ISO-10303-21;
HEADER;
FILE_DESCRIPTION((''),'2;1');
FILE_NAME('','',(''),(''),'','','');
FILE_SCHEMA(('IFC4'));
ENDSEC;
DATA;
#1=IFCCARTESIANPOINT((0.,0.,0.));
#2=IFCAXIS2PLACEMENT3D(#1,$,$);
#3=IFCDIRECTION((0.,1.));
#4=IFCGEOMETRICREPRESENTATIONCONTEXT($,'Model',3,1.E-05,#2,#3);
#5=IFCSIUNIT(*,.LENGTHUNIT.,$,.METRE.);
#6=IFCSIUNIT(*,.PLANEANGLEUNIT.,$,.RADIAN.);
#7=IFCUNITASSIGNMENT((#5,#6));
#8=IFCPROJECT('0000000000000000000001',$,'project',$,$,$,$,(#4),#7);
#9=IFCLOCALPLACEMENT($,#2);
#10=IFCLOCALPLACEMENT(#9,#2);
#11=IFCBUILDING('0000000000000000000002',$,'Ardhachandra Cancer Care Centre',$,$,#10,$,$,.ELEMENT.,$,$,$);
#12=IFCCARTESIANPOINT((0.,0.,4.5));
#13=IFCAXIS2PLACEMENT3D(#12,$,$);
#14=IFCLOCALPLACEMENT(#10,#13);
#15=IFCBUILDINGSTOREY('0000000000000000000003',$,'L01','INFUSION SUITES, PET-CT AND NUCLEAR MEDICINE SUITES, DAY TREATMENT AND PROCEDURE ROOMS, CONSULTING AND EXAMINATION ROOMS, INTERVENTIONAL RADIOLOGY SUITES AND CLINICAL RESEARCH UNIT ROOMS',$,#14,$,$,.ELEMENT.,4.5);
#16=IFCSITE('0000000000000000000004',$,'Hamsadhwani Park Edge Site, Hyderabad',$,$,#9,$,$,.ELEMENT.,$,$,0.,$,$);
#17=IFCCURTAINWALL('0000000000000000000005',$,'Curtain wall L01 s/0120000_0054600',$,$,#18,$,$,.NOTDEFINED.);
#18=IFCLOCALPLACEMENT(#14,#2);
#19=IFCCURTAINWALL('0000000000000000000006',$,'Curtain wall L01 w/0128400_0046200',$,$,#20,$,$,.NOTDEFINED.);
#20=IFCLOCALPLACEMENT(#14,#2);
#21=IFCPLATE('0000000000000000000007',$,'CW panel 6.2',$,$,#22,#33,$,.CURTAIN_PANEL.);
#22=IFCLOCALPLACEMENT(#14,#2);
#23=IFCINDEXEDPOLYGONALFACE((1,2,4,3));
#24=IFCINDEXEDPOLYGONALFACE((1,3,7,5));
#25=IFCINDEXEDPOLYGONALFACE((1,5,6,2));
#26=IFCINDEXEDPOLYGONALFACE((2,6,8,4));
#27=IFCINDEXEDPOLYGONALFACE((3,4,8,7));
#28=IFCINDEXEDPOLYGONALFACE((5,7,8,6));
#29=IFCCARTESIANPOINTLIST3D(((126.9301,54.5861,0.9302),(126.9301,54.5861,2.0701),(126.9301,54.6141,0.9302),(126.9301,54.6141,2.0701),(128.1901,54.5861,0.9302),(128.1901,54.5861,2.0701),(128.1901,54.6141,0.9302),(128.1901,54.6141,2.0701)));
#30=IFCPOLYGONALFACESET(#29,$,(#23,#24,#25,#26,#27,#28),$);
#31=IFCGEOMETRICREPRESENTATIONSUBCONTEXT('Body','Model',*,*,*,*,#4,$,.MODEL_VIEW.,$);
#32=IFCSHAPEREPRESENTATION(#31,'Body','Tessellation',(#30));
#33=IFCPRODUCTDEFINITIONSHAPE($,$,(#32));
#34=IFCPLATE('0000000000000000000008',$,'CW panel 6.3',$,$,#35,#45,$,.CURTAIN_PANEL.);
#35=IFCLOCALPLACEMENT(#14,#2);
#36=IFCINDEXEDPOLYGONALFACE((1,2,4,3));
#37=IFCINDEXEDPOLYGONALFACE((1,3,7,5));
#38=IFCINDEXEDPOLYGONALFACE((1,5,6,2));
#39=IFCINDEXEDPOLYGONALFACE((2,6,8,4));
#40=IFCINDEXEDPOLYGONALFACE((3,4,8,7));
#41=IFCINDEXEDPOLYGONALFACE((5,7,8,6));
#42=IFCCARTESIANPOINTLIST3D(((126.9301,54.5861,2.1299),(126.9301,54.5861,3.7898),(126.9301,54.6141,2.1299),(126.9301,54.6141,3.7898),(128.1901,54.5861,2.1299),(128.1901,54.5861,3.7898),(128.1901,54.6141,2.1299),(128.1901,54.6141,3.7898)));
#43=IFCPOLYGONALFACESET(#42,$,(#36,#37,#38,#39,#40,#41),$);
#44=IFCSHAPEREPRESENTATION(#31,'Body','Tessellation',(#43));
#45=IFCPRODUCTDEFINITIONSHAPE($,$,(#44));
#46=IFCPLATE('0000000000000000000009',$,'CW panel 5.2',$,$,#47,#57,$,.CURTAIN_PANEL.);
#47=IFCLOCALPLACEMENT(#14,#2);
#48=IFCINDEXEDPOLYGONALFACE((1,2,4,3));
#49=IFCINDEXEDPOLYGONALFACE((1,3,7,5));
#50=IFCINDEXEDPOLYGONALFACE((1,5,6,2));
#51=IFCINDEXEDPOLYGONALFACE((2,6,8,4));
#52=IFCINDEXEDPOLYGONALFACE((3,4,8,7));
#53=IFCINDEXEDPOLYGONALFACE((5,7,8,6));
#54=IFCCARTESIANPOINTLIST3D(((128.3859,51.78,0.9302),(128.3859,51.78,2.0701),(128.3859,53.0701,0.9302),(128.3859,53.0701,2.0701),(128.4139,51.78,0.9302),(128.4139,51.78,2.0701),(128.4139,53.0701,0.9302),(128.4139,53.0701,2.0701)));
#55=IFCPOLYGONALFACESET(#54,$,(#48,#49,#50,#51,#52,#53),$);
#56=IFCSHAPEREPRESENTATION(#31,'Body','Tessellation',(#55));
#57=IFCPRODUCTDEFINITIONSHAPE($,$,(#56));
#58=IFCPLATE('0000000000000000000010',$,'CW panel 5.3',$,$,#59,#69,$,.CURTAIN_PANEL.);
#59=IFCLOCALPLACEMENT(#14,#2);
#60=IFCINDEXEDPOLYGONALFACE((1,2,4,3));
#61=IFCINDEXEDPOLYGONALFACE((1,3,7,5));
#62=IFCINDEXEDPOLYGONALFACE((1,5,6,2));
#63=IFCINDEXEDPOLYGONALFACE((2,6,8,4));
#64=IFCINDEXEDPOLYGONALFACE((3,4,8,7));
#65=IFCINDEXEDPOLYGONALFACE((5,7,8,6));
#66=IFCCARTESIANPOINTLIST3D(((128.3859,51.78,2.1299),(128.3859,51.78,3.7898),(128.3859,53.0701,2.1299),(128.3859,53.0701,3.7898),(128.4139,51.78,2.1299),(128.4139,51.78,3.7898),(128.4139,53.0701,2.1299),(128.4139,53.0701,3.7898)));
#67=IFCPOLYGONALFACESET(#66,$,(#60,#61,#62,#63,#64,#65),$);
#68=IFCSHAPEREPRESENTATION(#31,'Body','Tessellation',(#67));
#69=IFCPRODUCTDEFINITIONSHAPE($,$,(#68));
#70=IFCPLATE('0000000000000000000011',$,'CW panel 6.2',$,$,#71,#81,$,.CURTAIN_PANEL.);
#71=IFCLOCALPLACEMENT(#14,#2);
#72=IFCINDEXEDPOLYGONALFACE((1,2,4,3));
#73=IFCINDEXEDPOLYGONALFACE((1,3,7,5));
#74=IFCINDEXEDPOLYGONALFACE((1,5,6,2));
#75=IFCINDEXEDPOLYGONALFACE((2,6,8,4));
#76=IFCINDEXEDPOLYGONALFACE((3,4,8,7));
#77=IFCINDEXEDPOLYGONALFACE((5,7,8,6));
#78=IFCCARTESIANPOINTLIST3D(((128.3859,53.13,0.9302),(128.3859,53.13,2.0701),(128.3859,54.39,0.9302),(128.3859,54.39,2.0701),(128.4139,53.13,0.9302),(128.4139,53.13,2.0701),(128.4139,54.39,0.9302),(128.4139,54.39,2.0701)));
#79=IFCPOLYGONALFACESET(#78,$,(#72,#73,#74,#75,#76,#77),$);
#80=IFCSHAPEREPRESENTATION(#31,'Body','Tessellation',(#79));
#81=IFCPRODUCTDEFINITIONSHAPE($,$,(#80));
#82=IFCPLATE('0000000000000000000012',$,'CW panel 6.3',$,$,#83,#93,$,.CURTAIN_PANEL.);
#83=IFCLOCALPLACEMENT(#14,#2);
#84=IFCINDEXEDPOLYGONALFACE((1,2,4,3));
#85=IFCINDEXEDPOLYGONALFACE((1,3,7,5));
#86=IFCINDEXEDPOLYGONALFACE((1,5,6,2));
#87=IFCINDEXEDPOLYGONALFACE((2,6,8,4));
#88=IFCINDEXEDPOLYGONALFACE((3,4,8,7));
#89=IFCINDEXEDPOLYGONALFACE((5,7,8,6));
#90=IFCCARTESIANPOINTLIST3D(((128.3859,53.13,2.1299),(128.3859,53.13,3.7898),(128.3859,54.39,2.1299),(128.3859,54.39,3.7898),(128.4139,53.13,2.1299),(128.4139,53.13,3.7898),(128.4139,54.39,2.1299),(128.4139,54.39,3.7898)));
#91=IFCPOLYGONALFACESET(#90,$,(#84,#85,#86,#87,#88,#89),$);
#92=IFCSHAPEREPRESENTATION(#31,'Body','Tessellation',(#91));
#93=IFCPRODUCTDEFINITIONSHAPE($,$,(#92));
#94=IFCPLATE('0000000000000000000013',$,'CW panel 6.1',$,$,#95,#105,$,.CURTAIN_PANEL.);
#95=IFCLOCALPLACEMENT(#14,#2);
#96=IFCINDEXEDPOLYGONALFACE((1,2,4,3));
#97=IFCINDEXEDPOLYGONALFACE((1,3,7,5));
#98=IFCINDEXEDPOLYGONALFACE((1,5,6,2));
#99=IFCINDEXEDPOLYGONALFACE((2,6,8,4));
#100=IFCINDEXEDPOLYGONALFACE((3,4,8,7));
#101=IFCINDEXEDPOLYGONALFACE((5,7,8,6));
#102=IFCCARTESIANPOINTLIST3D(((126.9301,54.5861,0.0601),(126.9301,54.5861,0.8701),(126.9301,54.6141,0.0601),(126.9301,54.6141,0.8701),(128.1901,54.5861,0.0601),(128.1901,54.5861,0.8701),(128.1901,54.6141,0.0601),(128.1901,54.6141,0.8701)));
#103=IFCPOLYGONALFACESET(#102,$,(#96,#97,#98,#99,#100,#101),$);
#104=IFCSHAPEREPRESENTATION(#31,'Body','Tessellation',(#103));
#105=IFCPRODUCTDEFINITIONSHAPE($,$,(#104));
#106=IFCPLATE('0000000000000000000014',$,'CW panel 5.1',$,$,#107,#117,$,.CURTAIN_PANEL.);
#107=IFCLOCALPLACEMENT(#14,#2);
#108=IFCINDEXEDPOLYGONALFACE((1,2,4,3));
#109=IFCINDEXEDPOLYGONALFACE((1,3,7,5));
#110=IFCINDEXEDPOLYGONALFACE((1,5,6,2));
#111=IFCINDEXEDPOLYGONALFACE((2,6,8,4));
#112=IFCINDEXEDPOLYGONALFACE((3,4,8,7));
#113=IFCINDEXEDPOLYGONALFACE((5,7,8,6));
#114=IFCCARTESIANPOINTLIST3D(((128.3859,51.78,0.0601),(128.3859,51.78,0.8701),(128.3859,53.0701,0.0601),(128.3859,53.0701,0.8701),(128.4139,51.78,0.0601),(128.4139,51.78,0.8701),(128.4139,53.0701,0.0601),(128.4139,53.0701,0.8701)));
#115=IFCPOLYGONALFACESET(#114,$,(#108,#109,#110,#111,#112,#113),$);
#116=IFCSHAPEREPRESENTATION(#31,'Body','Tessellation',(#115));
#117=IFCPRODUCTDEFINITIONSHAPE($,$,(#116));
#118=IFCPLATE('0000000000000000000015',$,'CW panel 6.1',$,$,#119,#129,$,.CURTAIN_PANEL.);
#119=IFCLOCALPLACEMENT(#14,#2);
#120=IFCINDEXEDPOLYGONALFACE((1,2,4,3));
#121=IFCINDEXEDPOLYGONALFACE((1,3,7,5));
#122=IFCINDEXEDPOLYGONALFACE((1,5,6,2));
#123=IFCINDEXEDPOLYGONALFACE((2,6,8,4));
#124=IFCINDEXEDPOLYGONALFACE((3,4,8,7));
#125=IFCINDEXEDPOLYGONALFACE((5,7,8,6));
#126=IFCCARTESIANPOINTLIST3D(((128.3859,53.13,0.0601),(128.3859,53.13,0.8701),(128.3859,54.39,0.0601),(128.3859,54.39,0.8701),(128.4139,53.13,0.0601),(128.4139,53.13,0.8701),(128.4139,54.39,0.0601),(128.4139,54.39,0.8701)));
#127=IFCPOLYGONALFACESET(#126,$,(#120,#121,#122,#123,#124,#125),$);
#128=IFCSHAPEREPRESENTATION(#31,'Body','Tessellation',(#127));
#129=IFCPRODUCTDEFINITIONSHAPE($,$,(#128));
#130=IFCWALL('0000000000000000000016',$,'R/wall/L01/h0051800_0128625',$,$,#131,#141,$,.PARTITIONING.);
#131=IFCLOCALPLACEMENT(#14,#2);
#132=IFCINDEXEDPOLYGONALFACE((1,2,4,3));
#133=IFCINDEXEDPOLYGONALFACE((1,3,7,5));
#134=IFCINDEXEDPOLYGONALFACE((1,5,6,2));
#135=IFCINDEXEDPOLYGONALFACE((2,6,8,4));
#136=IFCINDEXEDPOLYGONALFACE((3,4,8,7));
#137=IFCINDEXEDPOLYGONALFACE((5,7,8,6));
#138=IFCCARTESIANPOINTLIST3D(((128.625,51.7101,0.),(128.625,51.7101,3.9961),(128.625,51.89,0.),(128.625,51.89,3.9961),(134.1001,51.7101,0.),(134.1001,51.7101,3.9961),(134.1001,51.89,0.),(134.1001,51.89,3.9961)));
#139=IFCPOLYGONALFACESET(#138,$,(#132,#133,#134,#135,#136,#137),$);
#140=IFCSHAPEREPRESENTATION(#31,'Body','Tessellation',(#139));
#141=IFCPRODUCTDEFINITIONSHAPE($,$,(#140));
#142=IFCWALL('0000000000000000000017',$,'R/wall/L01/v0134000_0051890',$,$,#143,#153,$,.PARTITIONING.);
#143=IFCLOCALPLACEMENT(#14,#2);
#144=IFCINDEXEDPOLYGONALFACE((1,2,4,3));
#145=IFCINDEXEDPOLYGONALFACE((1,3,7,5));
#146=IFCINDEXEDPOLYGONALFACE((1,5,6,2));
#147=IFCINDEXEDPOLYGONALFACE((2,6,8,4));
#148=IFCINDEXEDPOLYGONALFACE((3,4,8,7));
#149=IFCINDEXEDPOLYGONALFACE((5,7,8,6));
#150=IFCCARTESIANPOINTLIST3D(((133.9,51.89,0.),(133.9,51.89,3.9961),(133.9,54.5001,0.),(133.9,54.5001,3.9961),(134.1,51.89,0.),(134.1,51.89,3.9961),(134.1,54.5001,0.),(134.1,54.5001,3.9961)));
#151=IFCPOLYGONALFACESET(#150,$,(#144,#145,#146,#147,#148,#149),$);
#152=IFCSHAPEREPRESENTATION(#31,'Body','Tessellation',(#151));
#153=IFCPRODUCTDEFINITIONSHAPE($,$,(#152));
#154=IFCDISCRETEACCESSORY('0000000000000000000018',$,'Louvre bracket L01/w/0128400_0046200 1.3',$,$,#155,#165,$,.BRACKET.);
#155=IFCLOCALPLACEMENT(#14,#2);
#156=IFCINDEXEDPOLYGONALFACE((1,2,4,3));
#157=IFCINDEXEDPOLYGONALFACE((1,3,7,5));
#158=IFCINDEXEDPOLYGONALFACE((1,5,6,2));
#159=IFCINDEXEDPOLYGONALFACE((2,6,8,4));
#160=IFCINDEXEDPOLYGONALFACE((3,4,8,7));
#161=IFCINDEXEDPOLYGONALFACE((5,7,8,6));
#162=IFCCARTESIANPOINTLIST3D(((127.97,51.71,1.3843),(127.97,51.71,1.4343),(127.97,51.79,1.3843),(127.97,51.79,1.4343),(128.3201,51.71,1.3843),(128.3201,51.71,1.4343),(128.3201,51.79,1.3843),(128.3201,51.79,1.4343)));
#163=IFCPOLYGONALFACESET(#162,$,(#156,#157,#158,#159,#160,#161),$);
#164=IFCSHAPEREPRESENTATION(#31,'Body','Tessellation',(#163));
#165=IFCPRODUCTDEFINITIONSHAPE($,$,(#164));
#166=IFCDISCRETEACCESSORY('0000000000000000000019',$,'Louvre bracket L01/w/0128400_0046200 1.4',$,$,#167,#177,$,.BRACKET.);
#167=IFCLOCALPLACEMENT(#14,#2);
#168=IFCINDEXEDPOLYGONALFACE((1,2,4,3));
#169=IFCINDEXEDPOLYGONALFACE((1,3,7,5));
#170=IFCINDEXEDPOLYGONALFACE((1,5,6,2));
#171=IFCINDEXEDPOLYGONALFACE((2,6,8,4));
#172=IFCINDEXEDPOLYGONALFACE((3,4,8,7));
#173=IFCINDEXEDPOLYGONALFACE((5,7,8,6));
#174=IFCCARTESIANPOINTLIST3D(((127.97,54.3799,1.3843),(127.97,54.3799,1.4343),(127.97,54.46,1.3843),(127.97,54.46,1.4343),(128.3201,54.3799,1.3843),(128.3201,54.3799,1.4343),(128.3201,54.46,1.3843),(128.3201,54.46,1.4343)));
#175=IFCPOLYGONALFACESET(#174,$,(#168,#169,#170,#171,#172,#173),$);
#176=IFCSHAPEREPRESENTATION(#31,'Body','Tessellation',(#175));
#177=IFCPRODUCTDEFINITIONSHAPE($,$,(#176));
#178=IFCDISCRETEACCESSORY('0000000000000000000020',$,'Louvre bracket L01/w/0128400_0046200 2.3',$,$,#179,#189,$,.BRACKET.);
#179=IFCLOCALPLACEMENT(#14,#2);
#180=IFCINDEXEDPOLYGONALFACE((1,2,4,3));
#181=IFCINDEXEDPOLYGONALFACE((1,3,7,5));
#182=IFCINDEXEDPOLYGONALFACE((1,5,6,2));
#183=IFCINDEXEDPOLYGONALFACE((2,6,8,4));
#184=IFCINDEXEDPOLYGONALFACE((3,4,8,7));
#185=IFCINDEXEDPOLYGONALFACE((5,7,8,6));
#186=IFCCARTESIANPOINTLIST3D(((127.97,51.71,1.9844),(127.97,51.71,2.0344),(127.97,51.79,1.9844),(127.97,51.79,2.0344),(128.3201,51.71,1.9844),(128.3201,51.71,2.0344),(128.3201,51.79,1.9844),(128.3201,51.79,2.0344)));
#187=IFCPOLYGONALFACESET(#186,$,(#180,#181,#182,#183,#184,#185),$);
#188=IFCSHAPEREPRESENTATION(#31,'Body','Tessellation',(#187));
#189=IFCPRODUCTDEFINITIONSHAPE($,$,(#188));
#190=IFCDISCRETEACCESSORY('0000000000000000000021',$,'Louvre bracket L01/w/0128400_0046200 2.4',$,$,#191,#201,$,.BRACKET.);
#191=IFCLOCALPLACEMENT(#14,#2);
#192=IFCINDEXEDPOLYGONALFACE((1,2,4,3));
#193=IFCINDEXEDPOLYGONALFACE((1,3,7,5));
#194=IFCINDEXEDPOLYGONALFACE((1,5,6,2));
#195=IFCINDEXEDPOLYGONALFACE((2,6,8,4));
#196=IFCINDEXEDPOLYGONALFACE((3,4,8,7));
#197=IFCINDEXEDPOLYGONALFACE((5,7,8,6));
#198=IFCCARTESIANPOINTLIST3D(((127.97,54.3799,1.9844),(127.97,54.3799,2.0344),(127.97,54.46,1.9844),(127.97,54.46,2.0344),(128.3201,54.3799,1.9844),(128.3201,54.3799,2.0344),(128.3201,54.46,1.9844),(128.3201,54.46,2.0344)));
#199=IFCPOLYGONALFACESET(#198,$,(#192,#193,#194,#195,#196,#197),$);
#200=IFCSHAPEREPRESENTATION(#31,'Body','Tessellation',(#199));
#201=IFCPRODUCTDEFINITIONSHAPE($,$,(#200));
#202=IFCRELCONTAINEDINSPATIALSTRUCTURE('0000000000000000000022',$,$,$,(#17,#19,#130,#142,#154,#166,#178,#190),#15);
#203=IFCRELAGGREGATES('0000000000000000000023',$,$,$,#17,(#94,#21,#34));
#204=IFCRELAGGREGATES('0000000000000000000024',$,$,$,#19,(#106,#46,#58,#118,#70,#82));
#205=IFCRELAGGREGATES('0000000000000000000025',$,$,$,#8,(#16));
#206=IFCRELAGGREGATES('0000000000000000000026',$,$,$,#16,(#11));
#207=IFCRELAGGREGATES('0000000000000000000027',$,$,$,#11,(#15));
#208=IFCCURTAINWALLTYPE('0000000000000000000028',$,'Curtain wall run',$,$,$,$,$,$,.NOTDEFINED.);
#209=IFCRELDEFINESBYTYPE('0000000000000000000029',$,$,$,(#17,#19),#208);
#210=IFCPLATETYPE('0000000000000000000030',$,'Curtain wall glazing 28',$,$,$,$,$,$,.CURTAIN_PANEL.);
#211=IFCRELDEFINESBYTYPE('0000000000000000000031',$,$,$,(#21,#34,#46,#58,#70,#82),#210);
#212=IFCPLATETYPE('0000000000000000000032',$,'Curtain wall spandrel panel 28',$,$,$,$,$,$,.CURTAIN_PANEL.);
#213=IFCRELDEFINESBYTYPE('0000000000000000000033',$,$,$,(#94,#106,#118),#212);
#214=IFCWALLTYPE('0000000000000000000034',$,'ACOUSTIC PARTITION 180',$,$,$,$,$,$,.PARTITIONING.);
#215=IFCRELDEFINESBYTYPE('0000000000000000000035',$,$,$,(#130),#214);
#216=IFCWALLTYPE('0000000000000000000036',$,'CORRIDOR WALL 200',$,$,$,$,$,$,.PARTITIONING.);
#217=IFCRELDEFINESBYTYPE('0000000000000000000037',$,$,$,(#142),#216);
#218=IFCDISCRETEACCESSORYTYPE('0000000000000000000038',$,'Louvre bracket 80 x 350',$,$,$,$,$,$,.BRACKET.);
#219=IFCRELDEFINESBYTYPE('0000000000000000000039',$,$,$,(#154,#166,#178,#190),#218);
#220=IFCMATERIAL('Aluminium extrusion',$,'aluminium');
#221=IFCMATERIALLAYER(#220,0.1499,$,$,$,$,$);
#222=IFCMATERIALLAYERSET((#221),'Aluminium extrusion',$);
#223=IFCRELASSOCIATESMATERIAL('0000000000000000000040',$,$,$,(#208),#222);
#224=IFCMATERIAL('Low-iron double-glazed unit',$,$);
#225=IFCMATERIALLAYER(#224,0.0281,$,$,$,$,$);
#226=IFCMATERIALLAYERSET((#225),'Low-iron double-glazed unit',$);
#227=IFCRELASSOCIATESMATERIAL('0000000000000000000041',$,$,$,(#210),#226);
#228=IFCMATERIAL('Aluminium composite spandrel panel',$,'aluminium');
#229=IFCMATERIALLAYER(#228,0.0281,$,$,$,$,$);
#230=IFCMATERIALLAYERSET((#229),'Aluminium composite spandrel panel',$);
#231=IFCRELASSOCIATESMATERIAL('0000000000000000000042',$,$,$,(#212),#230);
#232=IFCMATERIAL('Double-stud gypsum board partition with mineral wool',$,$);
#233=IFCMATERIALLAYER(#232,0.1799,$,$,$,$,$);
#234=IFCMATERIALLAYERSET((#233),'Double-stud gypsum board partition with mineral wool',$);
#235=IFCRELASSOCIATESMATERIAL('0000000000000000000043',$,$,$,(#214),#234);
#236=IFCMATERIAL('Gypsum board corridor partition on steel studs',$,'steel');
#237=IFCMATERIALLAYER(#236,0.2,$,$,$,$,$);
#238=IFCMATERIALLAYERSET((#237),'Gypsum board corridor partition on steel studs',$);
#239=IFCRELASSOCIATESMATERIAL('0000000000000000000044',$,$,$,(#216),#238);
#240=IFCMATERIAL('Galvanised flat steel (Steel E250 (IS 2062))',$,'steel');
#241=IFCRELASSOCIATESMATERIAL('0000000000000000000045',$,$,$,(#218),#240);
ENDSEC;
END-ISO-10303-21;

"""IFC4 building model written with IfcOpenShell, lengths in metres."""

from ifc_helpers import new_model, si_unit, direction, frame, frame_2d, origin, origin_2d, place, context, subcontext, project, spatial, rectangle, extrude, material, layer, layer_set, type_object, element, aggregate, save


model = new_model("IFC4")

# Units and contexts
model_context = context("Model", 3, precision=1e-05, world=origin(), true_north=direction((0.0, 1.0)))
body_context = subcontext(model_context, "Body", "Model", "MODEL_VIEW")
ifc_project = project(units=[si_unit("LENGTHUNIT", "METRE"), si_unit("PLANEANGLEUNIT", "RADIAN")], contexts=[model_context])

# Site, building, storey
site_placement = place(None, origin())
site = spatial("IfcSite", under=ifc_project, at=site_placement, Name="Hamsadhwani Park Edge Site, Hyderabad", CompositionType="ELEMENT", RefElevation=0.0)
building_placement = place(site_placement, origin())
building = spatial("IfcBuilding", under=site, at=building_placement, Name="Ardhachandra Cancer Care Centre", CompositionType="ELEMENT")
storey_placement = place(building_placement, frame((0.0, 0.0, 4.5)))
storey = spatial("IfcBuildingStorey", under=building, at=storey_placement, Name="L01", Description="INFUSION SUITES, PET-CT AND NUCLEAR MEDICINE SUITES, DAY TREATMENT AND PROCEDURE ROOMS, CONSULTING AND EXAMINATION ROOMS, INTERVENTIONAL RADIOLOGY SUITES AND CLINICAL RESEARCH UNIT ROOMS", CompositionType="ELEMENT", Elevation=4.5)

# Curtain walls
ifc_material_1 = material(Name="Aluminium extrusion", Category="aluminium")
ifc_layer_1 = layer(ifc_material_1, 0.1499)
ifc_layer_set_1 = layer_set([ifc_layer_1], Name="Aluminium extrusion")
curtain_wall_type = type_object("IfcCurtainWallType", Name="Curtain wall run", PredefinedType="NOTDEFINED", material=ifc_layer_set_1)
curtain_wall_1_placement = place(storey_placement, origin())
curtain_wall_1 = element("IfcCurtainWall", 1, at=curtain_wall_1_placement, inside=storey, type_object=curtain_wall_type, Name="Curtain wall L01 s/0120000_0054600", PredefinedType="NOTDEFINED")
curtain_wall_2_placement = place(storey_placement, origin())
curtain_wall_2 = element("IfcCurtainWall", 2, at=curtain_wall_2_placement, inside=storey, type_object=curtain_wall_type, Name="Curtain wall L01 w/0128400_0046200", PredefinedType="NOTDEFINED")

# Plates
ifc_material_2 = material(Name="Low-iron double-glazed unit")
ifc_layer_2 = layer(ifc_material_2, 0.0281)
ifc_layer_set_2 = layer_set([ifc_layer_2], Name="Low-iron double-glazed unit")
plate_type_1 = type_object("IfcPlateType", Name="Curtain wall glazing 28", PredefinedType="CURTAIN_PANEL", material=ifc_layer_set_2)
plate_1_placement = place(storey_placement, frame((127.5601, 54.6001, 0.9302), z_axis=(0.0, 0.0, 1.0), x_axis=(1.0, 0.0, 0.0)))
plate_1 = element("IfcPlate", 3, at=plate_1_placement, type_object=plate_type_1, Name="CW panel 6.2", PredefinedType="CURTAIN_PANEL", context=body_context, shape_type="SweptSolid", body=[
    extrude(rectangle(XDim=1.26, YDim=0.0281, at=origin_2d()), origin(), (0.0, 0.0, 1.0), 1.1399),
])
plate_2_placement = place(storey_placement, frame((127.5601, 54.6001, 2.1299), z_axis=(0.0, 0.0, 1.0), x_axis=(1.0, 0.0, 0.0)))
plate_2 = element("IfcPlate", 4, at=plate_2_placement, type_object=plate_type_1, Name="CW panel 6.3", PredefinedType="CURTAIN_PANEL", context=body_context, shape_type="SweptSolid", body=[
    extrude(rectangle(XDim=1.26, YDim=0.0281, at=origin_2d()), origin(), (0.0, 0.0, 1.0), 1.6599),
])
plate_3_placement = place(storey_placement, frame((128.3999, 52.425, 0.9302), z_axis=(0.0, 0.0, 1.0), x_axis=(0.0, 1.0, 0.0)))
plate_3 = element("IfcPlate", 5, at=plate_3_placement, type_object=plate_type_1, Name="CW panel 5.2", PredefinedType="CURTAIN_PANEL", context=body_context, shape_type="SweptSolid", body=[
    extrude(rectangle(XDim=1.29, YDim=0.0281, at=origin_2d()), origin(), (0.0, 0.0, 1.0), 1.1399),
])
plate_4_placement = place(storey_placement, frame((128.3999, 52.425, 2.1299), z_axis=(0.0, 0.0, 1.0), x_axis=(0.0, 1.0, 0.0)))
plate_4 = element("IfcPlate", 6, at=plate_4_placement, type_object=plate_type_1, Name="CW panel 5.3", PredefinedType="CURTAIN_PANEL", context=body_context, shape_type="SweptSolid", body=[
    extrude(rectangle(XDim=1.29, YDim=0.0281, at=origin_2d()), origin(), (0.0, 0.0, 1.0), 1.6599),
])
plate_5_placement = place(storey_placement, frame((128.3999, 53.76, 0.9302), z_axis=(0.0, 0.0, 1.0), x_axis=(0.0, 1.0, 0.0)))
plate_5 = element("IfcPlate", 7, at=plate_5_placement, type_object=plate_type_1, Name="CW panel 6.2", PredefinedType="CURTAIN_PANEL", context=body_context, shape_type="SweptSolid", body=[
    extrude(rectangle(XDim=1.26, YDim=0.0281, at=origin_2d()), origin(), (0.0, 0.0, 1.0), 1.1399),
])
plate_6_placement = place(storey_placement, frame((128.3999, 53.76, 2.1299), z_axis=(0.0, 0.0, 1.0), x_axis=(0.0, 1.0, 0.0)))
plate_6 = element("IfcPlate", 8, at=plate_6_placement, type_object=plate_type_1, Name="CW panel 6.3", PredefinedType="CURTAIN_PANEL", context=body_context, shape_type="SweptSolid", body=[
    extrude(rectangle(XDim=1.26, YDim=0.0281, at=origin_2d()), origin(), (0.0, 0.0, 1.0), 1.6599),
])
ifc_material_3 = material(Name="Aluminium composite spandrel panel", Category="aluminium")
ifc_layer_3 = layer(ifc_material_3, 0.0281)
ifc_layer_set_3 = layer_set([ifc_layer_3], Name="Aluminium composite spandrel panel")
plate_type_2 = type_object("IfcPlateType", Name="Curtain wall spandrel panel 28", PredefinedType="CURTAIN_PANEL", material=ifc_layer_set_3)
plate_7_placement = place(storey_placement, frame((127.5601, 54.6001, 0.0601), z_axis=(0.0, 0.0, 1.0), x_axis=(1.0, 0.0, 0.0)))
plate_7 = element("IfcPlate", 9, at=plate_7_placement, type_object=plate_type_2, Name="CW panel 6.1", PredefinedType="CURTAIN_PANEL", context=body_context, shape_type="SweptSolid", body=[
    extrude(rectangle(XDim=1.26, YDim=0.0281, at=origin_2d()), origin(), (0.0, 0.0, 1.0), 0.8101),
])
aggregate(curtain_wall_1, [plate_7, plate_1, plate_2])
plate_8_placement = place(storey_placement, frame((128.3999, 52.425, 0.0601), z_axis=(0.0, 0.0, 1.0), x_axis=(0.0, 1.0, 0.0)))
plate_8 = element("IfcPlate", 10, at=plate_8_placement, type_object=plate_type_2, Name="CW panel 5.1", PredefinedType="CURTAIN_PANEL", context=body_context, shape_type="SweptSolid", body=[
    extrude(rectangle(XDim=1.29, YDim=0.0281, at=origin_2d()), origin(), (0.0, 0.0, 1.0), 0.8101),
])
plate_9_placement = place(storey_placement, frame((128.3999, 53.76, 0.0601), z_axis=(0.0, 0.0, 1.0), x_axis=(0.0, 1.0, 0.0)))
plate_9 = element("IfcPlate", 11, at=plate_9_placement, type_object=plate_type_2, Name="CW panel 6.1", PredefinedType="CURTAIN_PANEL", context=body_context, shape_type="SweptSolid", body=[
    extrude(rectangle(XDim=1.26, YDim=0.0281, at=origin_2d()), origin(), (0.0, 0.0, 1.0), 0.8101),
])
aggregate(curtain_wall_2, [plate_8, plate_3, plate_4, plate_9, plate_5, plate_6])

# Walls
ifc_material_4 = material(Name="Double-stud gypsum board partition with mineral wool")
ifc_layer_4 = layer(ifc_material_4, 0.1799)
ifc_layer_set_4 = layer_set([ifc_layer_4], Name="Double-stud gypsum board partition with mineral wool")
wall_type_1 = type_object("IfcWallType", Name="ACOUSTIC PARTITION 180", PredefinedType="PARTITIONING", material=ifc_layer_set_4)
wall_1_placement = place(storey_placement, frame((128.625, 51.8, 0.0), z_axis=(0.0, 0.0, 1.0), x_axis=(1.0, 0.0, 0.0)))
element("IfcWall", 12, at=wall_1_placement, inside=storey, type_object=wall_type_1, Name="R/wall/L01/h0051800_0128625", PredefinedType="PARTITIONING", context=body_context, shape_type="SweptSolid", body=[
    extrude(rectangle(XDim=5.4751, YDim=0.1799, at=frame_2d((2.7375, 0.0))), origin(), (0.0, 0.0, 1.0), 3.9961),
])
ifc_material_5 = material(Name="Gypsum board corridor partition on steel studs", Category="steel")
ifc_layer_5 = layer(ifc_material_5, 0.2)
ifc_layer_set_5 = layer_set([ifc_layer_5], Name="Gypsum board corridor partition on steel studs")
wall_type_2 = type_object("IfcWallType", Name="CORRIDOR WALL 200", PredefinedType="PARTITIONING", material=ifc_layer_set_5)
wall_2_placement = place(storey_placement, frame((134.0, 51.8899, 0.0), z_axis=(0.0, 0.0, 1.0), x_axis=(0.0, 1.0, 0.0)))
element("IfcWall", 13, at=wall_2_placement, inside=storey, type_object=wall_type_2, Name="R/wall/L01/v0134000_0051890", PredefinedType="PARTITIONING", context=body_context, shape_type="SweptSolid", body=[
    extrude(rectangle(XDim=2.6101, YDim=0.2, at=frame_2d((1.3052, 0.0))), origin(), (0.0, 0.0, 1.0), 3.9961),
])

# Discrete accessories
ifc_material_6 = material(Name="Galvanised flat steel (Steel E250 (IS 2062))", Category="steel")
discrete_accessory_type = type_object("IfcDiscreteAccessoryType", Name="Louvre bracket 80 x 350", PredefinedType="BRACKET", material=ifc_material_6)
for number, where, z_axis, x_axis, name in (
    (14, (128.145, 51.75, 1.3843), (0.0, 0.0, 1.0), (0.0, 1.0, 0.0), "Louvre bracket L01/w/0128400_0046200 1.3"),
    (15, (128.145, 54.4199, 1.3843), (0.0, 0.0, 1.0), (0.0, 1.0, 0.0), "Louvre bracket L01/w/0128400_0046200 1.4"),
    (16, (128.145, 51.75, 1.9844), (0.0, 0.0, 1.0), (0.0, 1.0, 0.0), "Louvre bracket L01/w/0128400_0046200 2.3"),
    (17, (128.145, 54.4199, 1.9844), (0.0, 0.0, 1.0), (0.0, 1.0, 0.0), "Louvre bracket L01/w/0128400_0046200 2.4"),
):
    element("IfcDiscreteAccessory", number, at=place(storey_placement, frame(where, z_axis=z_axis, x_axis=x_axis)), inside=storey, type_object=discrete_accessory_type, Name=name, PredefinedType="BRACKET", context=body_context, shape_type="SweptSolid", body=[
        extrude(rectangle(XDim=0.0801, YDim=0.3501, at=origin_2d()), origin(), (0.0, 0.0, 1.0), 0.05),
    ])

save(model, "model.ifc")
